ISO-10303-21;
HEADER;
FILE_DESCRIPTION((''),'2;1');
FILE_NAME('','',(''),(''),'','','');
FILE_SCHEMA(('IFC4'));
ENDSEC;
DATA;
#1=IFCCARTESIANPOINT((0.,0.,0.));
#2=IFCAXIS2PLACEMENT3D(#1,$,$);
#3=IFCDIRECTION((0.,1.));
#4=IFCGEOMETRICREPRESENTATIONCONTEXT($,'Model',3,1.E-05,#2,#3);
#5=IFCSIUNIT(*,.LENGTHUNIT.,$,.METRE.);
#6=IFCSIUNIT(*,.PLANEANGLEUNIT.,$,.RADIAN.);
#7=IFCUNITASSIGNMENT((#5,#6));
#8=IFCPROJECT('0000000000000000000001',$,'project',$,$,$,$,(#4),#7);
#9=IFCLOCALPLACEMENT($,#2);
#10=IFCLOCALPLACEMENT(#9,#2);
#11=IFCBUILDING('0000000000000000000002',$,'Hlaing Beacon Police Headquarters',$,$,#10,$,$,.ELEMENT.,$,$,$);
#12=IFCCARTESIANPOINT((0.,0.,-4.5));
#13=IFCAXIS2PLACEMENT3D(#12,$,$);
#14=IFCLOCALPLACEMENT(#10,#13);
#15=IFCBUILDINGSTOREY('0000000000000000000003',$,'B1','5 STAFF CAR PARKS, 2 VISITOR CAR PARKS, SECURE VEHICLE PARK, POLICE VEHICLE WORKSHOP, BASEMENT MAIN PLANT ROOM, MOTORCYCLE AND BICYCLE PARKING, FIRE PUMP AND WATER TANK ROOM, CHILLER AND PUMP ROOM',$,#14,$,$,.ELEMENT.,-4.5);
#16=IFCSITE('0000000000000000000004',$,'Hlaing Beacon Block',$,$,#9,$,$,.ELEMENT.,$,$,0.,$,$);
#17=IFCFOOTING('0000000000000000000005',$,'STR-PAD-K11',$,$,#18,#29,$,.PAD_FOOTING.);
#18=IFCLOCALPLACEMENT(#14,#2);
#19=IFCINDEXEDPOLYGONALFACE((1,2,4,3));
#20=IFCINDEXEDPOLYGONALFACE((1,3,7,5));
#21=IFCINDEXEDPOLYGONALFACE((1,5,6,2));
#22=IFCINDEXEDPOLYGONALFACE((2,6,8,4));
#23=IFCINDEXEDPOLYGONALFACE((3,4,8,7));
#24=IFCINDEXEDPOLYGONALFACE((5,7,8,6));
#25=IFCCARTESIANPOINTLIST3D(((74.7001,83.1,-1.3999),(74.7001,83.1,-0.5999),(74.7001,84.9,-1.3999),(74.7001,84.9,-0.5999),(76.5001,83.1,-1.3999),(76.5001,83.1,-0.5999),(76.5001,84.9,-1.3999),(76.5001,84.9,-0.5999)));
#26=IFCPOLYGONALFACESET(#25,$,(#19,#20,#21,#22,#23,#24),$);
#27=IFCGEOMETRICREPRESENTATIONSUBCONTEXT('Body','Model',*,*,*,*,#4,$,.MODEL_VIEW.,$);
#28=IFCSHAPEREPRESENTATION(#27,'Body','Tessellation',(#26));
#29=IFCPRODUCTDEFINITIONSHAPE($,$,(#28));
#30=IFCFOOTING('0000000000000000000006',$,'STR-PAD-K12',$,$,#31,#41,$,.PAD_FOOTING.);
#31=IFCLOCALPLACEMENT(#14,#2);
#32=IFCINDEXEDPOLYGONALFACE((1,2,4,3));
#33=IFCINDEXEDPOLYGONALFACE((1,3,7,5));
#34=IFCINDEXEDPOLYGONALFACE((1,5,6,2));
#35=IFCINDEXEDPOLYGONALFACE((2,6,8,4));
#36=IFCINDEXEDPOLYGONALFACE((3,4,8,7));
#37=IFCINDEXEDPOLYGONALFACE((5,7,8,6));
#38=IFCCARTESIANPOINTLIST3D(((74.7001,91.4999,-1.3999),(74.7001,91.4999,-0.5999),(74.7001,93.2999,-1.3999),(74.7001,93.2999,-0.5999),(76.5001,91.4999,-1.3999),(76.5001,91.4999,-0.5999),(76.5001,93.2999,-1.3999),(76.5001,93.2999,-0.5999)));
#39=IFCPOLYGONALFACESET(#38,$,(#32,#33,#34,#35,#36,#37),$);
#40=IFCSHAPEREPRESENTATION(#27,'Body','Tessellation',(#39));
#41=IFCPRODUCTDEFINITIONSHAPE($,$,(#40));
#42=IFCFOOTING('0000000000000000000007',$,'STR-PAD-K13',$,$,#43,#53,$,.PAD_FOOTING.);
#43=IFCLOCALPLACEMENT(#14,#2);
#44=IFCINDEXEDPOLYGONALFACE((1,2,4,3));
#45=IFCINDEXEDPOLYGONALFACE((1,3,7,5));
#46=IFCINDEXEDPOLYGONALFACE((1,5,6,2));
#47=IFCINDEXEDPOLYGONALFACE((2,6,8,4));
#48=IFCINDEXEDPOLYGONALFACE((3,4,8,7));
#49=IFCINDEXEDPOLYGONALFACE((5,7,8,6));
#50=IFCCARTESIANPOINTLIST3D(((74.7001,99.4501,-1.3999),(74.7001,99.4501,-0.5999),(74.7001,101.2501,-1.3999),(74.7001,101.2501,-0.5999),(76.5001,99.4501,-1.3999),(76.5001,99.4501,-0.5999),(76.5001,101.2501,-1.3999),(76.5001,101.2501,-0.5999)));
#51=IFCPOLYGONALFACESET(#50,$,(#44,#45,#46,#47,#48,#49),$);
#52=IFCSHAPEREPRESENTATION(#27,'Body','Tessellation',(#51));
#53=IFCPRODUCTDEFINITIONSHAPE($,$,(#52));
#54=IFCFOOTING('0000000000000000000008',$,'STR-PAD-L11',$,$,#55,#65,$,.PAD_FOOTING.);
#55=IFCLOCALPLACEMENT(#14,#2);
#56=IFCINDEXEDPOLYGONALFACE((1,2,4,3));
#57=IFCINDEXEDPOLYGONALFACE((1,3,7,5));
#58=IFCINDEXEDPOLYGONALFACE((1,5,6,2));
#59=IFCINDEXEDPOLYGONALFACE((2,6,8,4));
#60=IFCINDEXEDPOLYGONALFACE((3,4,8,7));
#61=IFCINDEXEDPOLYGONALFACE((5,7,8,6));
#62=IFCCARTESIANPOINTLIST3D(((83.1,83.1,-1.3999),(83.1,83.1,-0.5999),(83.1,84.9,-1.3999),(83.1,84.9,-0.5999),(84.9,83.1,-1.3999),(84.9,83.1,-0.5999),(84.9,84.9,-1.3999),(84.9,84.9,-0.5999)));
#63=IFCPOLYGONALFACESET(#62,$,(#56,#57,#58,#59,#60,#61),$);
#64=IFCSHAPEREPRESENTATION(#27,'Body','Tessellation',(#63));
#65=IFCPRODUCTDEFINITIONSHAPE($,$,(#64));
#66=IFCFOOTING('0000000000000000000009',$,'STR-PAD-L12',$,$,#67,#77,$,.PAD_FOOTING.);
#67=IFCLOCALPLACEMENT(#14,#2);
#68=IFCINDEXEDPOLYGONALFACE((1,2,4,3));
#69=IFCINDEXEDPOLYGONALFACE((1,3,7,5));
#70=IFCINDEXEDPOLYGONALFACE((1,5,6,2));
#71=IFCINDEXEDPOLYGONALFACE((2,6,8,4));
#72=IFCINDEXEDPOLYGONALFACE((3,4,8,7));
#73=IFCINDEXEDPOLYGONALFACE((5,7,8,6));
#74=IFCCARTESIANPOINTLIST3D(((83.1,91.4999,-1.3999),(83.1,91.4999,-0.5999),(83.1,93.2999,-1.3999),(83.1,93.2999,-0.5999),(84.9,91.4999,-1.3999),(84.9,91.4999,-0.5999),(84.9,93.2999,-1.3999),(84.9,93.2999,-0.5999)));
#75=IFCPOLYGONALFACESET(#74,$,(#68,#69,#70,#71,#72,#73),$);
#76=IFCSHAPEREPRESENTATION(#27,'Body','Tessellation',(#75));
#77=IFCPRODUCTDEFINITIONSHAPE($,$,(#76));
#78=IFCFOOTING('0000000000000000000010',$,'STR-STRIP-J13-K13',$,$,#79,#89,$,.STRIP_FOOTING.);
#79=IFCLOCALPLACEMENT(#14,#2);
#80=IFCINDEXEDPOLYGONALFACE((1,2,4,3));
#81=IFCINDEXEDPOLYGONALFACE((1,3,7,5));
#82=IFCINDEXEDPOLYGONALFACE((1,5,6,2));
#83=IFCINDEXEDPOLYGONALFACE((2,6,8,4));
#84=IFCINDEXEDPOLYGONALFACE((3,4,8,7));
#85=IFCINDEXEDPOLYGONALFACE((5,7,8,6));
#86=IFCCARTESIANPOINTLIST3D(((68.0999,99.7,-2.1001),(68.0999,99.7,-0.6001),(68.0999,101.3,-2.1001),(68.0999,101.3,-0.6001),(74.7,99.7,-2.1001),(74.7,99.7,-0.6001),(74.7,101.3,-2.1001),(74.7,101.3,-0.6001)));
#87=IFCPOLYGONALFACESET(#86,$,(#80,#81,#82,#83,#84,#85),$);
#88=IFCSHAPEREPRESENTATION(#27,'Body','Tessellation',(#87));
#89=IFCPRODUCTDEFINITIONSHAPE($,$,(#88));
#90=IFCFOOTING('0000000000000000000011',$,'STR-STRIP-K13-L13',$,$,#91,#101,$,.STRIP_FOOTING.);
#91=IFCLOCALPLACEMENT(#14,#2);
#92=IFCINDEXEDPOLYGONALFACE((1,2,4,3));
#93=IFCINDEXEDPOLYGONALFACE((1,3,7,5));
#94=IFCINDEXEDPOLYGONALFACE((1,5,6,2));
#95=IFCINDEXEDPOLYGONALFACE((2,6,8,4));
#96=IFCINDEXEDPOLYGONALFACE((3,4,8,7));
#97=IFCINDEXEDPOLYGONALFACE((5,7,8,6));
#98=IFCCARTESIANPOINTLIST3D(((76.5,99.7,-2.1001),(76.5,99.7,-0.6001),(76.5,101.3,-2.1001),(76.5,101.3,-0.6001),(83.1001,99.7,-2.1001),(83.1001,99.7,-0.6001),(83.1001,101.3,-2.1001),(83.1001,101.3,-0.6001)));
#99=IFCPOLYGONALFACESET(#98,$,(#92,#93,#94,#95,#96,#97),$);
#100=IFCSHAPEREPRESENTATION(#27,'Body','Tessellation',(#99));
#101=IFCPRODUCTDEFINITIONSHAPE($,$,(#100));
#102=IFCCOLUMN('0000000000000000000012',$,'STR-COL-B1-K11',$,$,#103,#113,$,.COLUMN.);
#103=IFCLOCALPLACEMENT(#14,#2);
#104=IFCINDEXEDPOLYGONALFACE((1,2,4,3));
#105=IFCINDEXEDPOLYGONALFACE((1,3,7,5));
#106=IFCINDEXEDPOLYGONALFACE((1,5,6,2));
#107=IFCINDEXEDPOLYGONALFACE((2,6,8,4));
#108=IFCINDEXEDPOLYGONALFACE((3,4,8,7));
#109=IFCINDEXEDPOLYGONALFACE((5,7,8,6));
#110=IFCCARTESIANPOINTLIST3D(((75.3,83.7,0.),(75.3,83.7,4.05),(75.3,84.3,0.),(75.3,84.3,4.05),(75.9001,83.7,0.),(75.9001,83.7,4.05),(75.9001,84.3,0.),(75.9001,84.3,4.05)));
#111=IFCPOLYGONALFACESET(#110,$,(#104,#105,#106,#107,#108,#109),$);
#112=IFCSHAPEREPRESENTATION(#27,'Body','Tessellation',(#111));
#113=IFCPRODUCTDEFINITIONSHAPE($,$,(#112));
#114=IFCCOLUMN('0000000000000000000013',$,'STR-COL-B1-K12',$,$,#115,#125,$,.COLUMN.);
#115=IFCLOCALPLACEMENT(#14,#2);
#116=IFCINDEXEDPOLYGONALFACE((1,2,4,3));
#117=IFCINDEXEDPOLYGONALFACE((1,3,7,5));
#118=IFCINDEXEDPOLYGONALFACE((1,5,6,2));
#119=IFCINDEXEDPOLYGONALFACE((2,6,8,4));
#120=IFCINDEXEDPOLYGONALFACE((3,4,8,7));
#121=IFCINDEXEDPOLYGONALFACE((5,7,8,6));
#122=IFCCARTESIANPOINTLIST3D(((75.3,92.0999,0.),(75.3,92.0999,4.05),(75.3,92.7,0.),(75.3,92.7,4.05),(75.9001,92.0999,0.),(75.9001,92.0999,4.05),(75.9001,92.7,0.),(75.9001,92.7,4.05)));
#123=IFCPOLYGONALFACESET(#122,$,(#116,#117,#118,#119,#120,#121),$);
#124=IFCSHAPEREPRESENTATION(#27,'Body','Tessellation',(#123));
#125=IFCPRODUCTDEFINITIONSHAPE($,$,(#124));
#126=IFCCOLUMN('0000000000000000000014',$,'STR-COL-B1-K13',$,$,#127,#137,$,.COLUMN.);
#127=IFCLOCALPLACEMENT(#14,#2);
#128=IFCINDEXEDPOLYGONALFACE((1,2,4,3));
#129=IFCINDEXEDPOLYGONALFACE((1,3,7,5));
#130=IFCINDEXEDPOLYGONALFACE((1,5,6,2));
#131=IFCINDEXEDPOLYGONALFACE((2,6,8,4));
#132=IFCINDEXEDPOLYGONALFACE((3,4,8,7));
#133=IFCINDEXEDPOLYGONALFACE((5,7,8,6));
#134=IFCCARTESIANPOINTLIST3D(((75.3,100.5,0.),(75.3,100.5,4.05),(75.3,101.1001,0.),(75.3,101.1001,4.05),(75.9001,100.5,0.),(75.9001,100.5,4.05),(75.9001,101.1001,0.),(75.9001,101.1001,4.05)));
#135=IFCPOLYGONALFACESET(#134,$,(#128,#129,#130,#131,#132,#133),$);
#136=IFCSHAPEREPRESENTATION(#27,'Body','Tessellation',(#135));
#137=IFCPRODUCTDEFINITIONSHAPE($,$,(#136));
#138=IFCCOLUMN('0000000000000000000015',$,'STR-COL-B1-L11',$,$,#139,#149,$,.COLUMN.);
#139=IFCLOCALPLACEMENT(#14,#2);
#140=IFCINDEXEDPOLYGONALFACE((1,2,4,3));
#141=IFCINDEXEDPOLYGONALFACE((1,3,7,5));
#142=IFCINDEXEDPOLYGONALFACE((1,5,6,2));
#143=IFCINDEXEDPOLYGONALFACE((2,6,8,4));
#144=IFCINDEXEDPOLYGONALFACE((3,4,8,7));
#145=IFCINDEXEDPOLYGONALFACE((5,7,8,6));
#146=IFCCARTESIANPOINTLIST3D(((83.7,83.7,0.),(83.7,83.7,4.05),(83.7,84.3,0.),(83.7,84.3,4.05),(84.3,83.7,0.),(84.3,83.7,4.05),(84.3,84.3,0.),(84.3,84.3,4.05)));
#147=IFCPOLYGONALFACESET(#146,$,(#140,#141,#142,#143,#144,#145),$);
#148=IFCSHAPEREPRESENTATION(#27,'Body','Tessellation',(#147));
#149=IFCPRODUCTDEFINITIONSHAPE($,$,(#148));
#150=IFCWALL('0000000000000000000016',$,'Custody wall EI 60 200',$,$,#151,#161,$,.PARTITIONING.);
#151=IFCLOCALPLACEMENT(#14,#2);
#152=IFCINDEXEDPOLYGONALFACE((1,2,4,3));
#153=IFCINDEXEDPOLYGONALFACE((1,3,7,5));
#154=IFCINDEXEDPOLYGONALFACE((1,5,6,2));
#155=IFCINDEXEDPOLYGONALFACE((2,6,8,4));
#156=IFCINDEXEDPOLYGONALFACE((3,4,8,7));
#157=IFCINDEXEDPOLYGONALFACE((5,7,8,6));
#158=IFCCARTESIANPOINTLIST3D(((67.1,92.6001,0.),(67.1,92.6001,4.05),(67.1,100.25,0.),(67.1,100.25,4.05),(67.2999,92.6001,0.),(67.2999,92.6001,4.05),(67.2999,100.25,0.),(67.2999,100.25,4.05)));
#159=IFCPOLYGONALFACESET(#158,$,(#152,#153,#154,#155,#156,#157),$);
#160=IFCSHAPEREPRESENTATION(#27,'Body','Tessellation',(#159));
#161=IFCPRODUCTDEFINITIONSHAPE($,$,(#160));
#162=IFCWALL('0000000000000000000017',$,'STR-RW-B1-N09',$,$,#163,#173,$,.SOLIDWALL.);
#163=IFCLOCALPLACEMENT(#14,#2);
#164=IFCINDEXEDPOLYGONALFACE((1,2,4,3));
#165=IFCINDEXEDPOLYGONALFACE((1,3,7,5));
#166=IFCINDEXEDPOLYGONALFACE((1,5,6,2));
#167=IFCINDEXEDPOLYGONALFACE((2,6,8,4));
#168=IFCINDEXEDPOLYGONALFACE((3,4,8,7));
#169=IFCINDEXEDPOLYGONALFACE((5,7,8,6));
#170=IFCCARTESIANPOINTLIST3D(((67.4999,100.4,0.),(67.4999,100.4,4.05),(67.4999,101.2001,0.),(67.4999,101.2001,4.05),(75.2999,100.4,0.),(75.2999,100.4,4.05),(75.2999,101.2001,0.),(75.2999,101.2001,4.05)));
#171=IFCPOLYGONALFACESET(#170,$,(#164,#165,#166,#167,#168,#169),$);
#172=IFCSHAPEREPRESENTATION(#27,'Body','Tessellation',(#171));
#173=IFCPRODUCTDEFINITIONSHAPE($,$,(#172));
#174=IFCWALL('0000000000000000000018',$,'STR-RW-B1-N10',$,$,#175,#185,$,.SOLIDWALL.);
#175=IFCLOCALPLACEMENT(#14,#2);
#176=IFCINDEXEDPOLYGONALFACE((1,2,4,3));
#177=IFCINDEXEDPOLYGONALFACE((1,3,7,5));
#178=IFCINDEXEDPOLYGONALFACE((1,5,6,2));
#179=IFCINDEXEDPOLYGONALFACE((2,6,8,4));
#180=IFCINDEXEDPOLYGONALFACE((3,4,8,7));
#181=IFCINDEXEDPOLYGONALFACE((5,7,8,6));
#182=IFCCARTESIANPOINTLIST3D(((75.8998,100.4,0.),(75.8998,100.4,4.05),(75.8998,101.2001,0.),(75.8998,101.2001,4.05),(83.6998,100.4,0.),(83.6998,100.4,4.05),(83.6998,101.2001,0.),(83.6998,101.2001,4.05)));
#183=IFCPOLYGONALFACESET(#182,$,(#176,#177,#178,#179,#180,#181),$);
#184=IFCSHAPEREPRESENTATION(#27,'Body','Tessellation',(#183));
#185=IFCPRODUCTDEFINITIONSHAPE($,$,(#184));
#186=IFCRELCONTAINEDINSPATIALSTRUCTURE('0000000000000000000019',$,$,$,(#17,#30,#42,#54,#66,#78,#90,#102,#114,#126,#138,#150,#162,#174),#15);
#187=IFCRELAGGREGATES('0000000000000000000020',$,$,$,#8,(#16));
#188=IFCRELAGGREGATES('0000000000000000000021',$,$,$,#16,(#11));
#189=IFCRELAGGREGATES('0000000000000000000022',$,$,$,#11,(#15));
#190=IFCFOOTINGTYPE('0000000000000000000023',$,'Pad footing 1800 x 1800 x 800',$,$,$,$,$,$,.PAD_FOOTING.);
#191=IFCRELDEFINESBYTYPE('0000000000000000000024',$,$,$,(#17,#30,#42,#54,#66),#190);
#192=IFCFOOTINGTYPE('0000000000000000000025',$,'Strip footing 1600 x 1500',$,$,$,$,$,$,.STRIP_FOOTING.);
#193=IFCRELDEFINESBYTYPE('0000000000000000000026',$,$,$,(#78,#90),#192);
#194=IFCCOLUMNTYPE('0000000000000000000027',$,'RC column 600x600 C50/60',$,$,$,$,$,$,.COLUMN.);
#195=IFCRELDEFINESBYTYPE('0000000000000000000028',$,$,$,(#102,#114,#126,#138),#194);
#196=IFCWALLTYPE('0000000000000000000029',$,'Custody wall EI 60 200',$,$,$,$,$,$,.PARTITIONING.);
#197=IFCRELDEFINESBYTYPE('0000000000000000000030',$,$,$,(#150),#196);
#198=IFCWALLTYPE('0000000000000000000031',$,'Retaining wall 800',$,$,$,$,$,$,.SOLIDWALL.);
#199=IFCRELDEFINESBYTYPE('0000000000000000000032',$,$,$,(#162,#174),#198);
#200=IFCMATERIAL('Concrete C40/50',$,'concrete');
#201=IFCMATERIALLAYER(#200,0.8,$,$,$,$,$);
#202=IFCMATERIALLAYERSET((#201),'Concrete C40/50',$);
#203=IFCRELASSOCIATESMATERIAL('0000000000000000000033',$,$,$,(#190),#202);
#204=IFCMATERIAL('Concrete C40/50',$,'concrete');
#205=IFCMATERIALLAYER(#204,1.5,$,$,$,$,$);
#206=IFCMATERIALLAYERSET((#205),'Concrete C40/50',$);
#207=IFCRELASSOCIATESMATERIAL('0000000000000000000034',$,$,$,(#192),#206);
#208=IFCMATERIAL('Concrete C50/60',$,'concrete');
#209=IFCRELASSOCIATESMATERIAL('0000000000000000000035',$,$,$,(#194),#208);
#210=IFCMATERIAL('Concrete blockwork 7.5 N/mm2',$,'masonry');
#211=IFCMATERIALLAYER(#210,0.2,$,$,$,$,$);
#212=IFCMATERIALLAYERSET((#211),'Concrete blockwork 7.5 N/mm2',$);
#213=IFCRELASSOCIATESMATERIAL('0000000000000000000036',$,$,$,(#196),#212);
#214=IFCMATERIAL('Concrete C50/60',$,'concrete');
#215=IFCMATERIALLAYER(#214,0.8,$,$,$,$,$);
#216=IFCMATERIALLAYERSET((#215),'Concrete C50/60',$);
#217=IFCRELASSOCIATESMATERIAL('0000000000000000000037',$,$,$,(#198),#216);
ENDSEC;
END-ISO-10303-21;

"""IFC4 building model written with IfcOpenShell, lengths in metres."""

from ifc_helpers import new_model, si_unit, direction, frame, frame_2d, origin, origin_2d, place, context, subcontext, project, spatial, rectangle, extrude, material, layer, layer_set, material_profile, profile_set, type_object, element, save


model = new_model("IFC4")

# Units and contexts
model_context = context("Model", 3, precision=1e-05, world=origin(), true_north=direction((0.0, 1.0)))
body_context = subcontext(model_context, "Body", "Model", "MODEL_VIEW")
ifc_project = project(units=[si_unit("LENGTHUNIT", "METRE"), si_unit("PLANEANGLEUNIT", "RADIAN")], contexts=[model_context])

# Site, building, storey
site_placement = place(None, origin())
site = spatial("IfcSite", under=ifc_project, at=site_placement, Name="Hlaing Beacon Block", CompositionType="ELEMENT", RefElevation=0.0)
building_placement = place(site_placement, origin())
building = spatial("IfcBuilding", under=site, at=building_placement, Name="Hlaing Beacon Police Headquarters", CompositionType="ELEMENT")
storey_placement = place(building_placement, frame((0.0, 0.0, -4.5)))
storey = spatial("IfcBuildingStorey", under=building, at=storey_placement, Name="B1", Description="5 STAFF CAR PARKS, 2 VISITOR CAR PARKS, SECURE VEHICLE PARK, POLICE VEHICLE WORKSHOP, BASEMENT MAIN PLANT ROOM, MOTORCYCLE AND BICYCLE PARKING, FIRE PUMP AND WATER TANK ROOM, CHILLER AND PUMP ROOM", CompositionType="ELEMENT", Elevation=-4.5)

# Footings
ifc_material_1 = material(Name="Concrete C40/50", Category="concrete")
ifc_layer_1 = layer(ifc_material_1, 0.8)
ifc_layer_set_1 = layer_set([ifc_layer_1], Name="Concrete C40/50")
footing_type_1 = type_object("IfcFootingType", Name="Pad footing 1800 x 1800 x 800", PredefinedType="PAD_FOOTING", material=ifc_layer_set_1)
for number, where, z_axis, x_axis, name in (
    (1, (75.6001, 84.0, -1.3999), (0.0, 0.0, 1.0), (1.0, 0.0, 0.0), "STR-PAD-K11"),
    (2, (75.6001, 92.3999, -1.3999), (0.0, 0.0, 1.0), (1.0, 0.0, 0.0), "STR-PAD-K12"),
    (3, (75.6001, 100.3501, -1.3999), (0.0, 0.0, 1.0), (1.0, 0.0, 0.0), "STR-PAD-K13"),
    (4, (84.0, 84.0, -1.3999), (0.0, 0.0, 1.0), (1.0, 0.0, 0.0), "STR-PAD-L11"),
    (5, (84.0, 92.3999, -1.3999), (0.0, 0.0, 1.0), (1.0, 0.0, 0.0), "STR-PAD-L12"),
):
    element("IfcFooting", number, at=place(storey_placement, frame(where, z_axis=z_axis, x_axis=x_axis)), inside=storey, type_object=footing_type_1, Name=name, PredefinedType="PAD_FOOTING", context=body_context, shape_type="SweptSolid", body=[
        extrude(rectangle(XDim=1.8, YDim=1.8, at=origin_2d()), origin(), (0.0, 0.0, 1.0), 0.8),
    ])
ifc_material_2 = material(Name="Concrete C40/50", Category="concrete")
ifc_layer_2 = layer(ifc_material_2, 1.5)
ifc_layer_set_2 = layer_set([ifc_layer_2], Name="Concrete C40/50")
footing_type_2 = type_object("IfcFootingType", Name="Strip footing 1600 x 1500", PredefinedType="STRIP_FOOTING", material=ifc_layer_set_2)
for number, where, z_axis, x_axis, name in (
    (6, (71.3999, 100.5, -2.1001), (0.0, 0.0, 1.0), (1.0, 0.0, 0.0), "STR-STRIP-J13-K13"),
    (7, (79.8, 100.5, -2.1001), (0.0, 0.0, 1.0), (1.0, 0.0, 0.0), "STR-STRIP-K13-L13"),
):
    element("IfcFooting", number, at=place(storey_placement, frame(where, z_axis=z_axis, x_axis=x_axis)), inside=storey, type_object=footing_type_2, Name=name, PredefinedType="STRIP_FOOTING", context=body_context, shape_type="SweptSolid", body=[
        extrude(rectangle(XDim=6.6001, YDim=1.6001, at=origin_2d()), origin(), (0.0, 0.0, 1.0), 1.5),
    ])

# Columns
ifc_material_3 = material(Name="Concrete C50/60", Category="concrete")
ifc_material_profile_1 = material_profile(ifc_material_3, rectangle(XDim=0.6001, YDim=0.6001, at=origin_2d()), Name="600x600")
ifc_profile_set_1 = profile_set([ifc_material_profile_1], Name="Concrete C50/60")
column_type = type_object("IfcColumnType", Name="RC column 600x600 C50/60", PredefinedType="COLUMN", material=ifc_profile_set_1)
for number, where, z_axis, x_axis, name in (
    (8, (75.6001, 84.0, 0.0), (0.0, 0.0, 1.0), (1.0, 0.0, 0.0), "STR-COL-B1-K11"),
    (9, (75.6001, 92.3999, 0.0), (0.0, 0.0, 1.0), (1.0, 0.0, 0.0), "STR-COL-B1-K12"),
    (10, (75.6001, 100.8, 0.0), (0.0, 0.0, 1.0), (1.0, 0.0, 0.0), "STR-COL-B1-K13"),
    (11, (84.0, 84.0, 0.0), (0.0, 0.0, 1.0), (1.0, 0.0, 0.0), "STR-COL-B1-L11"),
):
    element("IfcColumn", number, at=place(storey_placement, frame(where, z_axis=z_axis, x_axis=x_axis)), inside=storey, type_object=column_type, Name=name, PredefinedType="COLUMN", context=body_context, shape_type="SweptSolid", body=[
        extrude(rectangle(XDim=0.6001, YDim=0.6001, at=origin_2d()), origin(), (0.0, 0.0, 1.0), 4.05),
    ])

# Walls
ifc_material_4 = material(Name="Concrete blockwork 7.5 N/mm2", Category="masonry")
ifc_layer_3 = layer(ifc_material_4, 0.2)
ifc_layer_set_3 = layer_set([ifc_layer_3], Name="Concrete blockwork 7.5 N/mm2")
wall_type_1 = type_object("IfcWallType", Name="Custody wall EI 60 200", PredefinedType="PARTITIONING", material=ifc_layer_set_3)
wall_placement = place(storey_placement, frame((67.2, 92.6001, 0.0), z_axis=(0.0, 0.0, 1.0), x_axis=(0.0, 1.0, 0.0)))
element("IfcWall", 12, at=wall_placement, inside=storey, type_object=wall_type_1, Name="Custody wall EI 60 200", PredefinedType="PARTITIONING", context=body_context, shape_type="SweptSolid", body=[
    extrude(rectangle(XDim=7.6499, YDim=0.2, at=frame_2d((3.825, 0.0))), origin(), (0.0, 0.0, 1.0), 4.05),
])
ifc_material_5 = material(Name="Concrete C50/60", Category="concrete")
ifc_layer_4 = layer(ifc_material_5, 0.8)
ifc_layer_set_4 = layer_set([ifc_layer_4], Name="Concrete C50/60")
wall_type_2 = type_object("IfcWallType", Name="Retaining wall 800", PredefinedType="SOLIDWALL", material=ifc_layer_set_4)
for number, where, z_axis, x_axis, name in (
    (13, (67.5, 100.8, 0.0), (0.0, 0.0, 1.0), (1.0, 0.0, 0.0), "STR-RW-B1-N09"),
    (14, (75.8999, 100.8, 0.0), (0.0, 0.0, 1.0), (1.0, 0.0, 0.0), "STR-RW-B1-N10"),
):
    element("IfcWall", number, at=place(storey_placement, frame(where, z_axis=z_axis, x_axis=x_axis)), inside=storey, type_object=wall_type_2, Name=name, PredefinedType="SOLIDWALL", context=body_context, shape_type="SweptSolid", body=[
        extrude(rectangle(XDim=7.8, YDim=0.8, at=frame_2d((3.8999, 0.0))), origin(), (0.0, 0.0, 1.0), 4.05),
    ])

save(model, "model.ifc")
